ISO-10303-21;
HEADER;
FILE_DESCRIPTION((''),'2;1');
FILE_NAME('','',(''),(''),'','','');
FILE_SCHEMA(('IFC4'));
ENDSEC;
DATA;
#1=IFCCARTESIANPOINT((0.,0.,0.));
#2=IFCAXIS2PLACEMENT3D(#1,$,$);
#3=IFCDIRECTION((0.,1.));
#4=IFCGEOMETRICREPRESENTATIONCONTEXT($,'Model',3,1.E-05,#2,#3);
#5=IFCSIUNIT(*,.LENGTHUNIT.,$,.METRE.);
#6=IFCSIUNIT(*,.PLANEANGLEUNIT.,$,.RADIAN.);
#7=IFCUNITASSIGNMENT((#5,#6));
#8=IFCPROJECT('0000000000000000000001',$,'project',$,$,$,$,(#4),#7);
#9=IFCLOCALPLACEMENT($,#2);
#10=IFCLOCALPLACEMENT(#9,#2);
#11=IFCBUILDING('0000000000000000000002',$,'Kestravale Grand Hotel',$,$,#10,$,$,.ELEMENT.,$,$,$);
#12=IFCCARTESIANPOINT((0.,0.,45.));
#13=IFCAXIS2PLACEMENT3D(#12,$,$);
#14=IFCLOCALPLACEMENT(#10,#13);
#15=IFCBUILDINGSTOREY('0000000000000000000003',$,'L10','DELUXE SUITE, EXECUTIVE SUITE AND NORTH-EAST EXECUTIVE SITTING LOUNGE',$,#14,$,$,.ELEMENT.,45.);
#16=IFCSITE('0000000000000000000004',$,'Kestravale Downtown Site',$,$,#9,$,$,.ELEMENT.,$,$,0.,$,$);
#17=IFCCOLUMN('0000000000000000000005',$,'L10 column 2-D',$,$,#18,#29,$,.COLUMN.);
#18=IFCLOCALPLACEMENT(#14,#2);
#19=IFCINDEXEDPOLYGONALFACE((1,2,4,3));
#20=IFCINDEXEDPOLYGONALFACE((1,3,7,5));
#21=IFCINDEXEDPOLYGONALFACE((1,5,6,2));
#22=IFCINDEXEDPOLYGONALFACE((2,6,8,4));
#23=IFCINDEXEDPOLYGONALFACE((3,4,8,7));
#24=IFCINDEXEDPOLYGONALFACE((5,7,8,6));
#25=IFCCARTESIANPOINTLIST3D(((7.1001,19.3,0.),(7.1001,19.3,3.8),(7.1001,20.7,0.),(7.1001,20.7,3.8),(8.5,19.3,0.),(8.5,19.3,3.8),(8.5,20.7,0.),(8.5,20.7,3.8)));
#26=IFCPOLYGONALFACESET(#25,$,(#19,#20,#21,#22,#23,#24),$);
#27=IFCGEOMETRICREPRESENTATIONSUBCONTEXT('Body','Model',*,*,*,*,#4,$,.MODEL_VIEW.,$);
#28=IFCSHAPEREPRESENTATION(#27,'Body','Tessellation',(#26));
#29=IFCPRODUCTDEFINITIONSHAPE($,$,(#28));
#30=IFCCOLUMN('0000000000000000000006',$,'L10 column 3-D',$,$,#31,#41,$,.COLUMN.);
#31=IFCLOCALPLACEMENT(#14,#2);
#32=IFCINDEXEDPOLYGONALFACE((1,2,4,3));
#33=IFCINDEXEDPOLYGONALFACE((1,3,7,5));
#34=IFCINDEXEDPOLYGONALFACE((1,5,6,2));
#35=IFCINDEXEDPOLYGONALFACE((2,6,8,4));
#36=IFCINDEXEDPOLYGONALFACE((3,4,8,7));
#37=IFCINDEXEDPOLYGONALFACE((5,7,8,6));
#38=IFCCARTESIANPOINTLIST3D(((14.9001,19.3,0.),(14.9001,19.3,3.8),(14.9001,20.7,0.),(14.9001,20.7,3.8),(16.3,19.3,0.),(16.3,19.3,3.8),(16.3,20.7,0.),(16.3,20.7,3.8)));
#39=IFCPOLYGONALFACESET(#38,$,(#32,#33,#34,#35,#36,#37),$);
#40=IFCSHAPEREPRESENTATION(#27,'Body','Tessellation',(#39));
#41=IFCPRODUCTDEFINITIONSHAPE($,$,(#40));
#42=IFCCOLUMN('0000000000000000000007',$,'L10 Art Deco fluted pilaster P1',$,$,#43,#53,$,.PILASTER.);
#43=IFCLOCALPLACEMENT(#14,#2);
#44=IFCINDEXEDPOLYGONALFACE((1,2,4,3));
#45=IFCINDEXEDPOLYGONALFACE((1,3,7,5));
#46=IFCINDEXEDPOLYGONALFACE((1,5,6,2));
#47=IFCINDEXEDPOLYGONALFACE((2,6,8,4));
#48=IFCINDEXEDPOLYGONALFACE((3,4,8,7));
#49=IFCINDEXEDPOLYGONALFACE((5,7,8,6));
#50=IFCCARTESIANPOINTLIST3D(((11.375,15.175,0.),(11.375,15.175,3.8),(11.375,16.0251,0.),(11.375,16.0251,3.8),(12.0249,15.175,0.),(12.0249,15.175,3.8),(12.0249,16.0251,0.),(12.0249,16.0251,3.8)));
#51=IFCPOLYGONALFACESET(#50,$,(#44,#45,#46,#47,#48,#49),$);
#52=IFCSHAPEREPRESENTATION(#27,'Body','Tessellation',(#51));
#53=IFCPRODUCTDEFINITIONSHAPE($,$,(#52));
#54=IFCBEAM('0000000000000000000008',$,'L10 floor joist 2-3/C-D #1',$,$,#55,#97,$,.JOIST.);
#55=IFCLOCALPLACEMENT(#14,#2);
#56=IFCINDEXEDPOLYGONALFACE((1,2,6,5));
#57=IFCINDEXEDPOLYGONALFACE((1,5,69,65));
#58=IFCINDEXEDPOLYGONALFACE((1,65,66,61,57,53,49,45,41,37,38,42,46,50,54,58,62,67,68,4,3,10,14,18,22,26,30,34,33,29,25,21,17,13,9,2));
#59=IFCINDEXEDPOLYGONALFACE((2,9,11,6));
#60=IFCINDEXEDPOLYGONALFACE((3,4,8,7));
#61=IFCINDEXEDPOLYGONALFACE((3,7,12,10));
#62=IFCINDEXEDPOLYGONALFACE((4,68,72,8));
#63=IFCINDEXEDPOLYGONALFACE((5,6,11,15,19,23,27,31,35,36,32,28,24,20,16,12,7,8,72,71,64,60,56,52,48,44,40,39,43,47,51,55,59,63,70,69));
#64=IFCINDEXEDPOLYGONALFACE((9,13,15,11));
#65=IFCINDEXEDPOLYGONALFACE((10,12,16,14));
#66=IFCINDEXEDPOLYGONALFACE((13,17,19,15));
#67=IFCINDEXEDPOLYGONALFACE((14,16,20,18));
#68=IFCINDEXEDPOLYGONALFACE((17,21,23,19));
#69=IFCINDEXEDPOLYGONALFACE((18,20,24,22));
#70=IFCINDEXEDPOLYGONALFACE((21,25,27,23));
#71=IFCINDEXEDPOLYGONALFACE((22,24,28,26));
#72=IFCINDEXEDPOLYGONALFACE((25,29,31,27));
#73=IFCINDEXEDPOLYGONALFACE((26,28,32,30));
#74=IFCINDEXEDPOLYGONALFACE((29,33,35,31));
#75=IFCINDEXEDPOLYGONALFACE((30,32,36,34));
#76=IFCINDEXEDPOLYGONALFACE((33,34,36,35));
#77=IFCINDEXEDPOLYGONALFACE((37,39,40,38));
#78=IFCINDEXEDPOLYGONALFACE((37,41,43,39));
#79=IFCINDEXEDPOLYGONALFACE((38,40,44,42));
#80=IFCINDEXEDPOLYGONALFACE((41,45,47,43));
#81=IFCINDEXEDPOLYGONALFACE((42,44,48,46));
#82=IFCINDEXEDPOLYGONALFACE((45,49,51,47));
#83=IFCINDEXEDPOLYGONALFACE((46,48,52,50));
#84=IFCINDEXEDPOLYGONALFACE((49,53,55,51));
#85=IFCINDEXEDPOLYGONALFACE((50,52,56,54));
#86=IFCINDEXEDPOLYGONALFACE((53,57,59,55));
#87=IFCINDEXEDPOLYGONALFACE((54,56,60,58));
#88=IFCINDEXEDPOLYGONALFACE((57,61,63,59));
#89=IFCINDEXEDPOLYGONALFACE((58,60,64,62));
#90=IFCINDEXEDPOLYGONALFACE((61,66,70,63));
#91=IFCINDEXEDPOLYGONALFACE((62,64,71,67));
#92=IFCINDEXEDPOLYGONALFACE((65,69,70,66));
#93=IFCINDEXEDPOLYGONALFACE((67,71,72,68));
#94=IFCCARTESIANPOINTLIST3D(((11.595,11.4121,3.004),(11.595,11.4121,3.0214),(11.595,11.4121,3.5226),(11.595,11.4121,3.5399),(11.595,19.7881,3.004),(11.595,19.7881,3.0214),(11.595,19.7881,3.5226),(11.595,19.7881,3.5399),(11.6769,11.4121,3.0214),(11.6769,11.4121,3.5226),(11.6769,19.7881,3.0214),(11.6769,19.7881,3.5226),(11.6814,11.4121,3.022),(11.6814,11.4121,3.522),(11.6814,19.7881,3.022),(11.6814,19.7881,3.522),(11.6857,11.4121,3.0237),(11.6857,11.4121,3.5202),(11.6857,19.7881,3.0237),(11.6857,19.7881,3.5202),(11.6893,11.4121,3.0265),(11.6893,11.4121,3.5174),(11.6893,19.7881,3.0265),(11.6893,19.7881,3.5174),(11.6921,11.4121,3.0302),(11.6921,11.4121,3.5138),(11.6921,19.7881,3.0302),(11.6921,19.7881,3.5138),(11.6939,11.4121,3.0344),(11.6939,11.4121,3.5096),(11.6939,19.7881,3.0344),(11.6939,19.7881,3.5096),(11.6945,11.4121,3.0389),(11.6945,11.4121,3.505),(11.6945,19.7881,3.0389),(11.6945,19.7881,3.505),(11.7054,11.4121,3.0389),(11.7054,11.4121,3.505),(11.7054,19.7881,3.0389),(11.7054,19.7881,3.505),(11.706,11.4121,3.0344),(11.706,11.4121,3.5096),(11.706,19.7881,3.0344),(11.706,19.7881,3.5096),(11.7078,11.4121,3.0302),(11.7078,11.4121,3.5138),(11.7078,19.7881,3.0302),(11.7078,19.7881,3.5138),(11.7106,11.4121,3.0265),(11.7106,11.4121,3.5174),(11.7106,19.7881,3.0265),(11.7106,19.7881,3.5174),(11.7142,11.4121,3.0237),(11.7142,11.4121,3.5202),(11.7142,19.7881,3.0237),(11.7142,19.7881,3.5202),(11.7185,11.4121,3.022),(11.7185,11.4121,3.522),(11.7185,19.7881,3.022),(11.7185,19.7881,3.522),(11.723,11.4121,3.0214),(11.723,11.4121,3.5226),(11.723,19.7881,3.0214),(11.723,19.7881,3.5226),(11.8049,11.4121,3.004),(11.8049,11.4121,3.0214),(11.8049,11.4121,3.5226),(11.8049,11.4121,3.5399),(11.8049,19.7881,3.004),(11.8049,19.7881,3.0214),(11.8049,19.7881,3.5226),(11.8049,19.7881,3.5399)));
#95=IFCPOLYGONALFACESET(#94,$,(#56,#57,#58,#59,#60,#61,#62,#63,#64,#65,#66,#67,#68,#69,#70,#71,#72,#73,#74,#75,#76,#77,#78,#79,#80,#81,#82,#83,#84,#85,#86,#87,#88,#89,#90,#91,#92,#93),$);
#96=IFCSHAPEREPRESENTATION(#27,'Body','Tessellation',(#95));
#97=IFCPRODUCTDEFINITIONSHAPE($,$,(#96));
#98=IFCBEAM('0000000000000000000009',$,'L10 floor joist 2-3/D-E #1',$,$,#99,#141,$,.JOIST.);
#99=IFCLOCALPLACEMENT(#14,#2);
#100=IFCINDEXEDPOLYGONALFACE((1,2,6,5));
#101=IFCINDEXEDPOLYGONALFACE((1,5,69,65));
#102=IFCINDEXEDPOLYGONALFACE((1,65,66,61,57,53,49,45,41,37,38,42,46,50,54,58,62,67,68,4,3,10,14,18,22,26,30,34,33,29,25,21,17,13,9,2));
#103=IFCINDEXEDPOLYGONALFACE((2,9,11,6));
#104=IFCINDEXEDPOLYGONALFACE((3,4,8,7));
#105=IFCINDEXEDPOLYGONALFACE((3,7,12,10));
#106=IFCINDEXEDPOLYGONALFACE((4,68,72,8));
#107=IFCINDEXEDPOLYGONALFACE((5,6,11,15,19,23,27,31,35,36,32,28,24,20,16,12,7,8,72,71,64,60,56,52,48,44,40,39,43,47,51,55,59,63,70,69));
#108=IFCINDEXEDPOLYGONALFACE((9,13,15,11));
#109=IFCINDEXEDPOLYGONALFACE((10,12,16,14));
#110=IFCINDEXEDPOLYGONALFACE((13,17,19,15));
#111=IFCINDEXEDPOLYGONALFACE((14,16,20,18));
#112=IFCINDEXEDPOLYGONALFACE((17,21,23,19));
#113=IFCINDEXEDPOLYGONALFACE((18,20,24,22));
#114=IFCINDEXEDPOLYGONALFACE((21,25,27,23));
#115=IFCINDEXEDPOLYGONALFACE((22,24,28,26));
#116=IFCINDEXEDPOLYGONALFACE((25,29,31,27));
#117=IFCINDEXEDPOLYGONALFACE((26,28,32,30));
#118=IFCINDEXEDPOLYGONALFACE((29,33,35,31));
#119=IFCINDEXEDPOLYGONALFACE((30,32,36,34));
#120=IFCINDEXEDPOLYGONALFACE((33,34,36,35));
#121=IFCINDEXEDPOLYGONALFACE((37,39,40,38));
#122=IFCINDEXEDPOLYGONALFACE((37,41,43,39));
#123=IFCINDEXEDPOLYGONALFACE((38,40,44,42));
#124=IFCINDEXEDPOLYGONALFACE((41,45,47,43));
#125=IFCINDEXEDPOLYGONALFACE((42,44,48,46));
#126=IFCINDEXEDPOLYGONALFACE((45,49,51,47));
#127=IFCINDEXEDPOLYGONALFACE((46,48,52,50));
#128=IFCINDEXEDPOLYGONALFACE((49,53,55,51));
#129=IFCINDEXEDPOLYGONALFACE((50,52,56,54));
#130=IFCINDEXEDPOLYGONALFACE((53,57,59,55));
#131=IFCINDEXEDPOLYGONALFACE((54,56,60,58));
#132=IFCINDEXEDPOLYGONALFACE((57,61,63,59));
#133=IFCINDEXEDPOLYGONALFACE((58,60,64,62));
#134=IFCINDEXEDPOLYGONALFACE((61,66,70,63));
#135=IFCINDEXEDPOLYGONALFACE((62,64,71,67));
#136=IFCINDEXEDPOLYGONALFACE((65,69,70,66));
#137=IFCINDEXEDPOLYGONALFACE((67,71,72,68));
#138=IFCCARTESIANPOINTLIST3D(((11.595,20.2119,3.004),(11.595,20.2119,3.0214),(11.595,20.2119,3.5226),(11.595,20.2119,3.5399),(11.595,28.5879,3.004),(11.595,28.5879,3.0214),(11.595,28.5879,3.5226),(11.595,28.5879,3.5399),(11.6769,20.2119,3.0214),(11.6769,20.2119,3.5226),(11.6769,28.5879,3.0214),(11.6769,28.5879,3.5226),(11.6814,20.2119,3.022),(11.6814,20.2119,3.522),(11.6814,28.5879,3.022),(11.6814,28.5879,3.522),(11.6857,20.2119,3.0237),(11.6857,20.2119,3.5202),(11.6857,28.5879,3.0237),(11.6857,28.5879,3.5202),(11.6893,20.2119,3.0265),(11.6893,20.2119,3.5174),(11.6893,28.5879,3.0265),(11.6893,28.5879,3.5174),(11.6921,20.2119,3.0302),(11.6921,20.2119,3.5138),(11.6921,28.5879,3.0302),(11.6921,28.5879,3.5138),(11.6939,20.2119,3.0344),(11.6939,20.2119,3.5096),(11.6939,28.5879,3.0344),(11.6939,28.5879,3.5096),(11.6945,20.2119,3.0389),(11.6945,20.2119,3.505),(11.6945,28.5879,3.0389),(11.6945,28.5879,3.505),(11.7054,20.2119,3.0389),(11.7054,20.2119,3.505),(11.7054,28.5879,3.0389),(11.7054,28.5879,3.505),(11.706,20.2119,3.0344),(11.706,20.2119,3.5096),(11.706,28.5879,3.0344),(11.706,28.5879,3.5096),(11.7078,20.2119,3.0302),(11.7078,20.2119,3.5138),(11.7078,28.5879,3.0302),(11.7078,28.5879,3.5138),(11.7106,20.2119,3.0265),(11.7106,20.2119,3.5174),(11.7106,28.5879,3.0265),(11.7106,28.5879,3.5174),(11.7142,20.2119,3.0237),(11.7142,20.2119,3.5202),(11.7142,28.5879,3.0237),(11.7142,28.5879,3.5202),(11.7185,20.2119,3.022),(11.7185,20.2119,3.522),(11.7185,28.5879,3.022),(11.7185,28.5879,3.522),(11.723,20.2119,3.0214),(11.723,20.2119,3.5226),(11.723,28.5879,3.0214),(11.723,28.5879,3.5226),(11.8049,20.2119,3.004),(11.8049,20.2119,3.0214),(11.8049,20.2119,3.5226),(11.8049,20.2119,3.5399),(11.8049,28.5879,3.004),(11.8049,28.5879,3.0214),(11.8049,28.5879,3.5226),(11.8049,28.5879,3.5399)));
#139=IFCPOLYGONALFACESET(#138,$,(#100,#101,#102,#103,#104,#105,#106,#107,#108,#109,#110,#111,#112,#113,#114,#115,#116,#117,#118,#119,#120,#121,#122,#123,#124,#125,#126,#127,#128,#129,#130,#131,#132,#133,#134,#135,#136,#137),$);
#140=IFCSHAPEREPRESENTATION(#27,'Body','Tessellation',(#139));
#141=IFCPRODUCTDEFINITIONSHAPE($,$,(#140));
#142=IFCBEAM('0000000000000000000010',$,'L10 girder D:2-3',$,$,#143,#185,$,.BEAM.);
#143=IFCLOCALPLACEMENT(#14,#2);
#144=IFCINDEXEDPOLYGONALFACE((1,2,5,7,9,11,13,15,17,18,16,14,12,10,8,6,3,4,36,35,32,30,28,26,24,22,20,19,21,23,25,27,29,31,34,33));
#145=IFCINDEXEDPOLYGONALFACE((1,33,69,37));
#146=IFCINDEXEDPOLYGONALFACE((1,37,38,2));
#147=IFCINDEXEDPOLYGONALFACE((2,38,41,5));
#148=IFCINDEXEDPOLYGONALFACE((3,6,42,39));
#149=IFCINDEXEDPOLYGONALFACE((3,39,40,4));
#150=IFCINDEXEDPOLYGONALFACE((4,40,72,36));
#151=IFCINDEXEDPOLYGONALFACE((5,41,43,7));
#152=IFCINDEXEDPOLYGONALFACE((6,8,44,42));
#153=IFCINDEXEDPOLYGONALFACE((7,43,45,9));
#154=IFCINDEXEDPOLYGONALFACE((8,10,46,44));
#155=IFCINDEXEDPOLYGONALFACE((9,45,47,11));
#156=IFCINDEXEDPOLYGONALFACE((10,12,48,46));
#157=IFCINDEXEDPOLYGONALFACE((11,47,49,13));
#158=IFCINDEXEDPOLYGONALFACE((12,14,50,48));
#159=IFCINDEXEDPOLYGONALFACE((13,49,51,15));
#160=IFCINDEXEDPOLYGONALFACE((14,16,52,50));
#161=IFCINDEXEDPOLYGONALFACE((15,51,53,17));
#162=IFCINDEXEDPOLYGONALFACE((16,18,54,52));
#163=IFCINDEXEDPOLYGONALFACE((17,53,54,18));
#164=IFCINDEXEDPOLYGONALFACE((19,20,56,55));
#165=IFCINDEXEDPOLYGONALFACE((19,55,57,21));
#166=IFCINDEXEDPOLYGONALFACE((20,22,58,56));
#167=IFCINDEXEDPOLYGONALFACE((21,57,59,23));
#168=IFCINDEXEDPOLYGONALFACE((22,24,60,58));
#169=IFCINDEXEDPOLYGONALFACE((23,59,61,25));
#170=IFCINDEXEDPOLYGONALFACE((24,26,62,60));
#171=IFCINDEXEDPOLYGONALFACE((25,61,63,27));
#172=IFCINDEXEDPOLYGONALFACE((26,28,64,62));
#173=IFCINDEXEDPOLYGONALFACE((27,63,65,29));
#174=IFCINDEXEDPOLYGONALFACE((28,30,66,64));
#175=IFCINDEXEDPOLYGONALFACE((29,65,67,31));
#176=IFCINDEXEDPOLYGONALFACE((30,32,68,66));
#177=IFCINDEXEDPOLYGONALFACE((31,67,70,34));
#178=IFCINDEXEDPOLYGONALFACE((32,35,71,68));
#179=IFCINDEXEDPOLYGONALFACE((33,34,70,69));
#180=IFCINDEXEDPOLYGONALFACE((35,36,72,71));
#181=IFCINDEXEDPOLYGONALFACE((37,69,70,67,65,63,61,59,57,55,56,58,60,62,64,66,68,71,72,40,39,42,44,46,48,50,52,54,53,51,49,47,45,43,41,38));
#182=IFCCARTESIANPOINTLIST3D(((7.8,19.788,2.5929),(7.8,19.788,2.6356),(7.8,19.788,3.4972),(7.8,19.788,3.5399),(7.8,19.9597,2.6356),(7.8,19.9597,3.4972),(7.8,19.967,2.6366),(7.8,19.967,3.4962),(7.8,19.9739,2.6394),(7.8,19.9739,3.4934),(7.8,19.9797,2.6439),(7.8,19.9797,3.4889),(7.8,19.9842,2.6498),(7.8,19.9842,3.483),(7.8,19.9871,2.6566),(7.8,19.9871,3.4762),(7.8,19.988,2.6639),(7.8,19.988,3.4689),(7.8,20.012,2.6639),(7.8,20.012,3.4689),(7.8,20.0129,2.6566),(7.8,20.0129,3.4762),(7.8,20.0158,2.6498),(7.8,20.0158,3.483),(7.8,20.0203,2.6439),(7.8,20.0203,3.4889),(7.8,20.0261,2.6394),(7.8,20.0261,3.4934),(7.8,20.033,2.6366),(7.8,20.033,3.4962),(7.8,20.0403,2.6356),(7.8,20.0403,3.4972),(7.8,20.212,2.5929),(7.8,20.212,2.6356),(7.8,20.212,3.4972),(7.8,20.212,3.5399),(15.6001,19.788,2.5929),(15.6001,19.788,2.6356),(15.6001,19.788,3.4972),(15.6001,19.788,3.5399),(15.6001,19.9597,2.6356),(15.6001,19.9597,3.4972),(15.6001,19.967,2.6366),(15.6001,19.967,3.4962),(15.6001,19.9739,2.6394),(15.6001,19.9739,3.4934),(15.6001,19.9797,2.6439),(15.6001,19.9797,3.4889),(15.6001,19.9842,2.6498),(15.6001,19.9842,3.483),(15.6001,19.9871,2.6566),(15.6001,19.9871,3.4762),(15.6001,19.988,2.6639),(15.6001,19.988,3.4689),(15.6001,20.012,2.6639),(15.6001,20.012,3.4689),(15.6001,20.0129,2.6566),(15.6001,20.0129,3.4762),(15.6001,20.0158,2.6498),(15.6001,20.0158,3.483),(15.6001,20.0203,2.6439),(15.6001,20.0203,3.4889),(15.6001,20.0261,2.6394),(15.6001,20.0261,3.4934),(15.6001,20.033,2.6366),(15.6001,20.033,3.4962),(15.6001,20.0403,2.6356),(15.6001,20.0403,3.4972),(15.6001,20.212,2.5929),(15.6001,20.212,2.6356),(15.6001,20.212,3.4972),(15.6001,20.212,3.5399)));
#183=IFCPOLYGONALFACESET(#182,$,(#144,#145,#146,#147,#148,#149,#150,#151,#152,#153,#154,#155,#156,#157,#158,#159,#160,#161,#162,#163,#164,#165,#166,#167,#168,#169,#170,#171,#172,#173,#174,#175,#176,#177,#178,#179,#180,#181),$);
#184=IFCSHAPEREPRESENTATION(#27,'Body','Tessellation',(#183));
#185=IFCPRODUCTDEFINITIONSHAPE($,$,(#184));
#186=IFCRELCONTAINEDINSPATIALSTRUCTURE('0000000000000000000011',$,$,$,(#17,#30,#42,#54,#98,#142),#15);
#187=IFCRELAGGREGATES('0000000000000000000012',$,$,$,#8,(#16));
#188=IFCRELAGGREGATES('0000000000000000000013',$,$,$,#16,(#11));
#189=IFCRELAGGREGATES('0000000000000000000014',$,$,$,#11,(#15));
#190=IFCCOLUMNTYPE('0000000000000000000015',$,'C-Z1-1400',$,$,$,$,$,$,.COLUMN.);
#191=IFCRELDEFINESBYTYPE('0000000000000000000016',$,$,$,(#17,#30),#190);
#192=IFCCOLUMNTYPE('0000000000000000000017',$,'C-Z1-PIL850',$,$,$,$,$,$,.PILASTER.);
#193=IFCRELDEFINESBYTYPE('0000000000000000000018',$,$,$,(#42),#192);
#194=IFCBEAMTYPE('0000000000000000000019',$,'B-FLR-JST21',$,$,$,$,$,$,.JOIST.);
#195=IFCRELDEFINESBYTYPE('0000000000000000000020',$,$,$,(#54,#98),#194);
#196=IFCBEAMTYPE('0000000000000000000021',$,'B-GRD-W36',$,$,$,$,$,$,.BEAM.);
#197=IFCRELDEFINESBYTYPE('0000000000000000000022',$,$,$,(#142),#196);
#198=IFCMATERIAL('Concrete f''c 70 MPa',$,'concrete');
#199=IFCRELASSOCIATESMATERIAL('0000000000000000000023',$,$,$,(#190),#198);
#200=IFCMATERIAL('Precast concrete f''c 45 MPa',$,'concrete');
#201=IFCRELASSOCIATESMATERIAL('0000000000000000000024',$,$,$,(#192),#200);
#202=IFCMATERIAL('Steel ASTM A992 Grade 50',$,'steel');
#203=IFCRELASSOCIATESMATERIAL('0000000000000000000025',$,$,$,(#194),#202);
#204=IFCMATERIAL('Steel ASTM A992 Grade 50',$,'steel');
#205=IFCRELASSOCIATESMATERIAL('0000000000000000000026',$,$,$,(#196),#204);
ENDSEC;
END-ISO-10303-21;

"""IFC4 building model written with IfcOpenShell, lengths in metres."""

from ifc_helpers import new_model, si_unit, direction, frame, origin, origin_2d, place, context, subcontext, project, spatial, rectangle, i_section, extrude, material, material_profile, profile_set, type_object, element, save


model = new_model("IFC4")

# Units and contexts
model_context = context("Model", 3, precision=1e-05, world=origin(), true_north=direction((0.0, 1.0)))
body_context = subcontext(model_context, "Body", "Model", "MODEL_VIEW")
ifc_project = project(units=[si_unit("LENGTHUNIT", "METRE"), si_unit("PLANEANGLEUNIT", "RADIAN")], contexts=[model_context])

# Site, building, storey
site_placement = place(None, origin())
site = spatial("IfcSite", under=ifc_project, at=site_placement, Name="Kestravale Downtown Site", CompositionType="ELEMENT", RefElevation=0.0)
building_placement = place(site_placement, origin())
building = spatial("IfcBuilding", under=site, at=building_placement, Name="Kestravale Grand Hotel", CompositionType="ELEMENT")
storey_placement = place(building_placement, frame((0.0, 0.0, 45.0)))
storey = spatial("IfcBuildingStorey", under=building, at=storey_placement, Name="L10", Description="DELUXE SUITE, EXECUTIVE SUITE AND NORTH-EAST EXECUTIVE SITTING LOUNGE", CompositionType="ELEMENT", Elevation=45.0)

# Columns
ifc_material_1 = material(Name="Concrete f'c 70 MPa", Category="concrete")
ifc_material_profile_1 = material_profile(ifc_material_1, rectangle(XDim=1.3999, YDim=1.3999, at=origin_2d()))
ifc_profile_set_1 = profile_set([ifc_material_profile_1], Name="Concrete f'c 70 MPa")
column_type_1 = type_object("IfcColumnType", Name="C-Z1-1400", PredefinedType="COLUMN", material=ifc_profile_set_1)
for number, where, z_axis, x_axis, name in (
    (1, (7.8, 20.0, 0.0), (0.0, 0.0, 1.0), (1.0, 0.0, 0.0), "L10 column 2-D"),
    (2, (15.6001, 20.0, 0.0), (0.0, 0.0, 1.0), (1.0, 0.0, 0.0), "L10 column 3-D"),
):
    element("IfcColumn", number, at=place(storey_placement, frame(where, z_axis=z_axis, x_axis=x_axis)), inside=storey, type_object=column_type_1, Name=name, PredefinedType="COLUMN", context=body_context, shape_type="SweptSolid", body=[
        extrude(rectangle(XDim=1.3999, YDim=1.3999, at=origin_2d()), origin(), (0.0, 0.0, 1.0), 3.8),
    ])
ifc_material_2 = material(Name="Precast concrete f'c 45 MPa", Category="concrete")
ifc_material_profile_2 = material_profile(ifc_material_2, rectangle(XDim=0.6499, YDim=0.8501, at=origin_2d()))
ifc_profile_set_2 = profile_set([ifc_material_profile_2], Name="Precast concrete f'c 45 MPa")
column_type_2 = type_object("IfcColumnType", Name="C-Z1-PIL850", PredefinedType="PILASTER", material=ifc_profile_set_2)
column_placement = place(storey_placement, frame((11.7, 15.6001, 0.0), z_axis=(0.0, 0.0, 1.0), x_axis=(1.0, 0.0, 0.0)))
element("IfcColumn", 3, at=column_placement, inside=storey, type_object=column_type_2, Name="L10 Art Deco fluted pilaster P1", PredefinedType="PILASTER", context=body_context, shape_type="SweptSolid", body=[
    extrude(rectangle(XDim=0.6499, YDim=0.8501, at=origin_2d()), origin(), (0.0, 0.0, 1.0), 3.8),
])

# Beams
ifc_material_3 = material(Name="Steel ASTM A992 Grade 50", Category="steel")
ifc_material_profile_3 = material_profile(ifc_material_3, i_section(OverallWidth=0.21, OverallDepth=0.5359, WebThickness=0.011, FlangeThickness=0.0173, FilletRadius=0.0176, at=origin_2d()))
ifc_profile_set_3 = profile_set([ifc_material_profile_3], Name="Steel ASTM A992 Grade 50")
beam_type_1 = type_object("IfcBeamType", Name="B-FLR-JST21", PredefinedType="JOIST", material=ifc_profile_set_3)
for number, where, z_axis, x_axis, name in (
    (4, (11.7, 11.4121, 3.272), (0.0, 1.0, 0.0), (-1.0, 0.0, 0.0), "L10 floor joist 2-3/C-D #1"),
    (5, (11.7, 20.2119, 3.272), (0.0, 1.0, 0.0), (-1.0, 0.0, 0.0), "L10 floor joist 2-3/D-E #1"),
):
    element("IfcBeam", number, at=place(storey_placement, frame(where, z_axis=z_axis, x_axis=x_axis)), inside=storey, type_object=beam_type_1, Name=name, PredefinedType="JOIST", context=body_context, shape_type="SweptSolid", body=[
        extrude(i_section(OverallWidth=0.21, OverallDepth=0.5359, WebThickness=0.011, FlangeThickness=0.0173, FilletRadius=0.0176, at=origin_2d()), origin(), (0.0, 0.0, 1.0), 8.376),
    ])
ifc_material_4 = material(Name="Steel ASTM A992 Grade 50", Category="steel")
ifc_material_profile_4 = material_profile(ifc_material_4, i_section(OverallWidth=0.4241, OverallDepth=0.947, WebThickness=0.0239, FlangeThickness=0.0427, FilletRadius=0.0283, at=origin_2d()))
ifc_profile_set_4 = profile_set([ifc_material_profile_4], Name="Steel ASTM A992 Grade 50")
beam_type_2 = type_object("IfcBeamType", Name="B-GRD-W36", PredefinedType="BEAM", material=ifc_profile_set_4)
beam_1_placement = place(storey_placement, frame((7.8, 20.0, 3.0664), z_axis=(1.0, 0.0, 0.0), x_axis=(0.0, 1.0, 0.0)))
element("IfcBeam", 6, at=beam_1_placement, inside=storey, type_object=beam_type_2, Name="L10 girder D:2-3", PredefinedType="BEAM", context=body_context, shape_type="SweptSolid", body=[
    extrude(i_section(OverallWidth=0.4241, OverallDepth=0.947, WebThickness=0.0239, FlangeThickness=0.0427, FilletRadius=0.0283, at=origin_2d()), origin(), (0.0, 0.0, 1.0), 7.8),
])

save(model, "model.ifc")
